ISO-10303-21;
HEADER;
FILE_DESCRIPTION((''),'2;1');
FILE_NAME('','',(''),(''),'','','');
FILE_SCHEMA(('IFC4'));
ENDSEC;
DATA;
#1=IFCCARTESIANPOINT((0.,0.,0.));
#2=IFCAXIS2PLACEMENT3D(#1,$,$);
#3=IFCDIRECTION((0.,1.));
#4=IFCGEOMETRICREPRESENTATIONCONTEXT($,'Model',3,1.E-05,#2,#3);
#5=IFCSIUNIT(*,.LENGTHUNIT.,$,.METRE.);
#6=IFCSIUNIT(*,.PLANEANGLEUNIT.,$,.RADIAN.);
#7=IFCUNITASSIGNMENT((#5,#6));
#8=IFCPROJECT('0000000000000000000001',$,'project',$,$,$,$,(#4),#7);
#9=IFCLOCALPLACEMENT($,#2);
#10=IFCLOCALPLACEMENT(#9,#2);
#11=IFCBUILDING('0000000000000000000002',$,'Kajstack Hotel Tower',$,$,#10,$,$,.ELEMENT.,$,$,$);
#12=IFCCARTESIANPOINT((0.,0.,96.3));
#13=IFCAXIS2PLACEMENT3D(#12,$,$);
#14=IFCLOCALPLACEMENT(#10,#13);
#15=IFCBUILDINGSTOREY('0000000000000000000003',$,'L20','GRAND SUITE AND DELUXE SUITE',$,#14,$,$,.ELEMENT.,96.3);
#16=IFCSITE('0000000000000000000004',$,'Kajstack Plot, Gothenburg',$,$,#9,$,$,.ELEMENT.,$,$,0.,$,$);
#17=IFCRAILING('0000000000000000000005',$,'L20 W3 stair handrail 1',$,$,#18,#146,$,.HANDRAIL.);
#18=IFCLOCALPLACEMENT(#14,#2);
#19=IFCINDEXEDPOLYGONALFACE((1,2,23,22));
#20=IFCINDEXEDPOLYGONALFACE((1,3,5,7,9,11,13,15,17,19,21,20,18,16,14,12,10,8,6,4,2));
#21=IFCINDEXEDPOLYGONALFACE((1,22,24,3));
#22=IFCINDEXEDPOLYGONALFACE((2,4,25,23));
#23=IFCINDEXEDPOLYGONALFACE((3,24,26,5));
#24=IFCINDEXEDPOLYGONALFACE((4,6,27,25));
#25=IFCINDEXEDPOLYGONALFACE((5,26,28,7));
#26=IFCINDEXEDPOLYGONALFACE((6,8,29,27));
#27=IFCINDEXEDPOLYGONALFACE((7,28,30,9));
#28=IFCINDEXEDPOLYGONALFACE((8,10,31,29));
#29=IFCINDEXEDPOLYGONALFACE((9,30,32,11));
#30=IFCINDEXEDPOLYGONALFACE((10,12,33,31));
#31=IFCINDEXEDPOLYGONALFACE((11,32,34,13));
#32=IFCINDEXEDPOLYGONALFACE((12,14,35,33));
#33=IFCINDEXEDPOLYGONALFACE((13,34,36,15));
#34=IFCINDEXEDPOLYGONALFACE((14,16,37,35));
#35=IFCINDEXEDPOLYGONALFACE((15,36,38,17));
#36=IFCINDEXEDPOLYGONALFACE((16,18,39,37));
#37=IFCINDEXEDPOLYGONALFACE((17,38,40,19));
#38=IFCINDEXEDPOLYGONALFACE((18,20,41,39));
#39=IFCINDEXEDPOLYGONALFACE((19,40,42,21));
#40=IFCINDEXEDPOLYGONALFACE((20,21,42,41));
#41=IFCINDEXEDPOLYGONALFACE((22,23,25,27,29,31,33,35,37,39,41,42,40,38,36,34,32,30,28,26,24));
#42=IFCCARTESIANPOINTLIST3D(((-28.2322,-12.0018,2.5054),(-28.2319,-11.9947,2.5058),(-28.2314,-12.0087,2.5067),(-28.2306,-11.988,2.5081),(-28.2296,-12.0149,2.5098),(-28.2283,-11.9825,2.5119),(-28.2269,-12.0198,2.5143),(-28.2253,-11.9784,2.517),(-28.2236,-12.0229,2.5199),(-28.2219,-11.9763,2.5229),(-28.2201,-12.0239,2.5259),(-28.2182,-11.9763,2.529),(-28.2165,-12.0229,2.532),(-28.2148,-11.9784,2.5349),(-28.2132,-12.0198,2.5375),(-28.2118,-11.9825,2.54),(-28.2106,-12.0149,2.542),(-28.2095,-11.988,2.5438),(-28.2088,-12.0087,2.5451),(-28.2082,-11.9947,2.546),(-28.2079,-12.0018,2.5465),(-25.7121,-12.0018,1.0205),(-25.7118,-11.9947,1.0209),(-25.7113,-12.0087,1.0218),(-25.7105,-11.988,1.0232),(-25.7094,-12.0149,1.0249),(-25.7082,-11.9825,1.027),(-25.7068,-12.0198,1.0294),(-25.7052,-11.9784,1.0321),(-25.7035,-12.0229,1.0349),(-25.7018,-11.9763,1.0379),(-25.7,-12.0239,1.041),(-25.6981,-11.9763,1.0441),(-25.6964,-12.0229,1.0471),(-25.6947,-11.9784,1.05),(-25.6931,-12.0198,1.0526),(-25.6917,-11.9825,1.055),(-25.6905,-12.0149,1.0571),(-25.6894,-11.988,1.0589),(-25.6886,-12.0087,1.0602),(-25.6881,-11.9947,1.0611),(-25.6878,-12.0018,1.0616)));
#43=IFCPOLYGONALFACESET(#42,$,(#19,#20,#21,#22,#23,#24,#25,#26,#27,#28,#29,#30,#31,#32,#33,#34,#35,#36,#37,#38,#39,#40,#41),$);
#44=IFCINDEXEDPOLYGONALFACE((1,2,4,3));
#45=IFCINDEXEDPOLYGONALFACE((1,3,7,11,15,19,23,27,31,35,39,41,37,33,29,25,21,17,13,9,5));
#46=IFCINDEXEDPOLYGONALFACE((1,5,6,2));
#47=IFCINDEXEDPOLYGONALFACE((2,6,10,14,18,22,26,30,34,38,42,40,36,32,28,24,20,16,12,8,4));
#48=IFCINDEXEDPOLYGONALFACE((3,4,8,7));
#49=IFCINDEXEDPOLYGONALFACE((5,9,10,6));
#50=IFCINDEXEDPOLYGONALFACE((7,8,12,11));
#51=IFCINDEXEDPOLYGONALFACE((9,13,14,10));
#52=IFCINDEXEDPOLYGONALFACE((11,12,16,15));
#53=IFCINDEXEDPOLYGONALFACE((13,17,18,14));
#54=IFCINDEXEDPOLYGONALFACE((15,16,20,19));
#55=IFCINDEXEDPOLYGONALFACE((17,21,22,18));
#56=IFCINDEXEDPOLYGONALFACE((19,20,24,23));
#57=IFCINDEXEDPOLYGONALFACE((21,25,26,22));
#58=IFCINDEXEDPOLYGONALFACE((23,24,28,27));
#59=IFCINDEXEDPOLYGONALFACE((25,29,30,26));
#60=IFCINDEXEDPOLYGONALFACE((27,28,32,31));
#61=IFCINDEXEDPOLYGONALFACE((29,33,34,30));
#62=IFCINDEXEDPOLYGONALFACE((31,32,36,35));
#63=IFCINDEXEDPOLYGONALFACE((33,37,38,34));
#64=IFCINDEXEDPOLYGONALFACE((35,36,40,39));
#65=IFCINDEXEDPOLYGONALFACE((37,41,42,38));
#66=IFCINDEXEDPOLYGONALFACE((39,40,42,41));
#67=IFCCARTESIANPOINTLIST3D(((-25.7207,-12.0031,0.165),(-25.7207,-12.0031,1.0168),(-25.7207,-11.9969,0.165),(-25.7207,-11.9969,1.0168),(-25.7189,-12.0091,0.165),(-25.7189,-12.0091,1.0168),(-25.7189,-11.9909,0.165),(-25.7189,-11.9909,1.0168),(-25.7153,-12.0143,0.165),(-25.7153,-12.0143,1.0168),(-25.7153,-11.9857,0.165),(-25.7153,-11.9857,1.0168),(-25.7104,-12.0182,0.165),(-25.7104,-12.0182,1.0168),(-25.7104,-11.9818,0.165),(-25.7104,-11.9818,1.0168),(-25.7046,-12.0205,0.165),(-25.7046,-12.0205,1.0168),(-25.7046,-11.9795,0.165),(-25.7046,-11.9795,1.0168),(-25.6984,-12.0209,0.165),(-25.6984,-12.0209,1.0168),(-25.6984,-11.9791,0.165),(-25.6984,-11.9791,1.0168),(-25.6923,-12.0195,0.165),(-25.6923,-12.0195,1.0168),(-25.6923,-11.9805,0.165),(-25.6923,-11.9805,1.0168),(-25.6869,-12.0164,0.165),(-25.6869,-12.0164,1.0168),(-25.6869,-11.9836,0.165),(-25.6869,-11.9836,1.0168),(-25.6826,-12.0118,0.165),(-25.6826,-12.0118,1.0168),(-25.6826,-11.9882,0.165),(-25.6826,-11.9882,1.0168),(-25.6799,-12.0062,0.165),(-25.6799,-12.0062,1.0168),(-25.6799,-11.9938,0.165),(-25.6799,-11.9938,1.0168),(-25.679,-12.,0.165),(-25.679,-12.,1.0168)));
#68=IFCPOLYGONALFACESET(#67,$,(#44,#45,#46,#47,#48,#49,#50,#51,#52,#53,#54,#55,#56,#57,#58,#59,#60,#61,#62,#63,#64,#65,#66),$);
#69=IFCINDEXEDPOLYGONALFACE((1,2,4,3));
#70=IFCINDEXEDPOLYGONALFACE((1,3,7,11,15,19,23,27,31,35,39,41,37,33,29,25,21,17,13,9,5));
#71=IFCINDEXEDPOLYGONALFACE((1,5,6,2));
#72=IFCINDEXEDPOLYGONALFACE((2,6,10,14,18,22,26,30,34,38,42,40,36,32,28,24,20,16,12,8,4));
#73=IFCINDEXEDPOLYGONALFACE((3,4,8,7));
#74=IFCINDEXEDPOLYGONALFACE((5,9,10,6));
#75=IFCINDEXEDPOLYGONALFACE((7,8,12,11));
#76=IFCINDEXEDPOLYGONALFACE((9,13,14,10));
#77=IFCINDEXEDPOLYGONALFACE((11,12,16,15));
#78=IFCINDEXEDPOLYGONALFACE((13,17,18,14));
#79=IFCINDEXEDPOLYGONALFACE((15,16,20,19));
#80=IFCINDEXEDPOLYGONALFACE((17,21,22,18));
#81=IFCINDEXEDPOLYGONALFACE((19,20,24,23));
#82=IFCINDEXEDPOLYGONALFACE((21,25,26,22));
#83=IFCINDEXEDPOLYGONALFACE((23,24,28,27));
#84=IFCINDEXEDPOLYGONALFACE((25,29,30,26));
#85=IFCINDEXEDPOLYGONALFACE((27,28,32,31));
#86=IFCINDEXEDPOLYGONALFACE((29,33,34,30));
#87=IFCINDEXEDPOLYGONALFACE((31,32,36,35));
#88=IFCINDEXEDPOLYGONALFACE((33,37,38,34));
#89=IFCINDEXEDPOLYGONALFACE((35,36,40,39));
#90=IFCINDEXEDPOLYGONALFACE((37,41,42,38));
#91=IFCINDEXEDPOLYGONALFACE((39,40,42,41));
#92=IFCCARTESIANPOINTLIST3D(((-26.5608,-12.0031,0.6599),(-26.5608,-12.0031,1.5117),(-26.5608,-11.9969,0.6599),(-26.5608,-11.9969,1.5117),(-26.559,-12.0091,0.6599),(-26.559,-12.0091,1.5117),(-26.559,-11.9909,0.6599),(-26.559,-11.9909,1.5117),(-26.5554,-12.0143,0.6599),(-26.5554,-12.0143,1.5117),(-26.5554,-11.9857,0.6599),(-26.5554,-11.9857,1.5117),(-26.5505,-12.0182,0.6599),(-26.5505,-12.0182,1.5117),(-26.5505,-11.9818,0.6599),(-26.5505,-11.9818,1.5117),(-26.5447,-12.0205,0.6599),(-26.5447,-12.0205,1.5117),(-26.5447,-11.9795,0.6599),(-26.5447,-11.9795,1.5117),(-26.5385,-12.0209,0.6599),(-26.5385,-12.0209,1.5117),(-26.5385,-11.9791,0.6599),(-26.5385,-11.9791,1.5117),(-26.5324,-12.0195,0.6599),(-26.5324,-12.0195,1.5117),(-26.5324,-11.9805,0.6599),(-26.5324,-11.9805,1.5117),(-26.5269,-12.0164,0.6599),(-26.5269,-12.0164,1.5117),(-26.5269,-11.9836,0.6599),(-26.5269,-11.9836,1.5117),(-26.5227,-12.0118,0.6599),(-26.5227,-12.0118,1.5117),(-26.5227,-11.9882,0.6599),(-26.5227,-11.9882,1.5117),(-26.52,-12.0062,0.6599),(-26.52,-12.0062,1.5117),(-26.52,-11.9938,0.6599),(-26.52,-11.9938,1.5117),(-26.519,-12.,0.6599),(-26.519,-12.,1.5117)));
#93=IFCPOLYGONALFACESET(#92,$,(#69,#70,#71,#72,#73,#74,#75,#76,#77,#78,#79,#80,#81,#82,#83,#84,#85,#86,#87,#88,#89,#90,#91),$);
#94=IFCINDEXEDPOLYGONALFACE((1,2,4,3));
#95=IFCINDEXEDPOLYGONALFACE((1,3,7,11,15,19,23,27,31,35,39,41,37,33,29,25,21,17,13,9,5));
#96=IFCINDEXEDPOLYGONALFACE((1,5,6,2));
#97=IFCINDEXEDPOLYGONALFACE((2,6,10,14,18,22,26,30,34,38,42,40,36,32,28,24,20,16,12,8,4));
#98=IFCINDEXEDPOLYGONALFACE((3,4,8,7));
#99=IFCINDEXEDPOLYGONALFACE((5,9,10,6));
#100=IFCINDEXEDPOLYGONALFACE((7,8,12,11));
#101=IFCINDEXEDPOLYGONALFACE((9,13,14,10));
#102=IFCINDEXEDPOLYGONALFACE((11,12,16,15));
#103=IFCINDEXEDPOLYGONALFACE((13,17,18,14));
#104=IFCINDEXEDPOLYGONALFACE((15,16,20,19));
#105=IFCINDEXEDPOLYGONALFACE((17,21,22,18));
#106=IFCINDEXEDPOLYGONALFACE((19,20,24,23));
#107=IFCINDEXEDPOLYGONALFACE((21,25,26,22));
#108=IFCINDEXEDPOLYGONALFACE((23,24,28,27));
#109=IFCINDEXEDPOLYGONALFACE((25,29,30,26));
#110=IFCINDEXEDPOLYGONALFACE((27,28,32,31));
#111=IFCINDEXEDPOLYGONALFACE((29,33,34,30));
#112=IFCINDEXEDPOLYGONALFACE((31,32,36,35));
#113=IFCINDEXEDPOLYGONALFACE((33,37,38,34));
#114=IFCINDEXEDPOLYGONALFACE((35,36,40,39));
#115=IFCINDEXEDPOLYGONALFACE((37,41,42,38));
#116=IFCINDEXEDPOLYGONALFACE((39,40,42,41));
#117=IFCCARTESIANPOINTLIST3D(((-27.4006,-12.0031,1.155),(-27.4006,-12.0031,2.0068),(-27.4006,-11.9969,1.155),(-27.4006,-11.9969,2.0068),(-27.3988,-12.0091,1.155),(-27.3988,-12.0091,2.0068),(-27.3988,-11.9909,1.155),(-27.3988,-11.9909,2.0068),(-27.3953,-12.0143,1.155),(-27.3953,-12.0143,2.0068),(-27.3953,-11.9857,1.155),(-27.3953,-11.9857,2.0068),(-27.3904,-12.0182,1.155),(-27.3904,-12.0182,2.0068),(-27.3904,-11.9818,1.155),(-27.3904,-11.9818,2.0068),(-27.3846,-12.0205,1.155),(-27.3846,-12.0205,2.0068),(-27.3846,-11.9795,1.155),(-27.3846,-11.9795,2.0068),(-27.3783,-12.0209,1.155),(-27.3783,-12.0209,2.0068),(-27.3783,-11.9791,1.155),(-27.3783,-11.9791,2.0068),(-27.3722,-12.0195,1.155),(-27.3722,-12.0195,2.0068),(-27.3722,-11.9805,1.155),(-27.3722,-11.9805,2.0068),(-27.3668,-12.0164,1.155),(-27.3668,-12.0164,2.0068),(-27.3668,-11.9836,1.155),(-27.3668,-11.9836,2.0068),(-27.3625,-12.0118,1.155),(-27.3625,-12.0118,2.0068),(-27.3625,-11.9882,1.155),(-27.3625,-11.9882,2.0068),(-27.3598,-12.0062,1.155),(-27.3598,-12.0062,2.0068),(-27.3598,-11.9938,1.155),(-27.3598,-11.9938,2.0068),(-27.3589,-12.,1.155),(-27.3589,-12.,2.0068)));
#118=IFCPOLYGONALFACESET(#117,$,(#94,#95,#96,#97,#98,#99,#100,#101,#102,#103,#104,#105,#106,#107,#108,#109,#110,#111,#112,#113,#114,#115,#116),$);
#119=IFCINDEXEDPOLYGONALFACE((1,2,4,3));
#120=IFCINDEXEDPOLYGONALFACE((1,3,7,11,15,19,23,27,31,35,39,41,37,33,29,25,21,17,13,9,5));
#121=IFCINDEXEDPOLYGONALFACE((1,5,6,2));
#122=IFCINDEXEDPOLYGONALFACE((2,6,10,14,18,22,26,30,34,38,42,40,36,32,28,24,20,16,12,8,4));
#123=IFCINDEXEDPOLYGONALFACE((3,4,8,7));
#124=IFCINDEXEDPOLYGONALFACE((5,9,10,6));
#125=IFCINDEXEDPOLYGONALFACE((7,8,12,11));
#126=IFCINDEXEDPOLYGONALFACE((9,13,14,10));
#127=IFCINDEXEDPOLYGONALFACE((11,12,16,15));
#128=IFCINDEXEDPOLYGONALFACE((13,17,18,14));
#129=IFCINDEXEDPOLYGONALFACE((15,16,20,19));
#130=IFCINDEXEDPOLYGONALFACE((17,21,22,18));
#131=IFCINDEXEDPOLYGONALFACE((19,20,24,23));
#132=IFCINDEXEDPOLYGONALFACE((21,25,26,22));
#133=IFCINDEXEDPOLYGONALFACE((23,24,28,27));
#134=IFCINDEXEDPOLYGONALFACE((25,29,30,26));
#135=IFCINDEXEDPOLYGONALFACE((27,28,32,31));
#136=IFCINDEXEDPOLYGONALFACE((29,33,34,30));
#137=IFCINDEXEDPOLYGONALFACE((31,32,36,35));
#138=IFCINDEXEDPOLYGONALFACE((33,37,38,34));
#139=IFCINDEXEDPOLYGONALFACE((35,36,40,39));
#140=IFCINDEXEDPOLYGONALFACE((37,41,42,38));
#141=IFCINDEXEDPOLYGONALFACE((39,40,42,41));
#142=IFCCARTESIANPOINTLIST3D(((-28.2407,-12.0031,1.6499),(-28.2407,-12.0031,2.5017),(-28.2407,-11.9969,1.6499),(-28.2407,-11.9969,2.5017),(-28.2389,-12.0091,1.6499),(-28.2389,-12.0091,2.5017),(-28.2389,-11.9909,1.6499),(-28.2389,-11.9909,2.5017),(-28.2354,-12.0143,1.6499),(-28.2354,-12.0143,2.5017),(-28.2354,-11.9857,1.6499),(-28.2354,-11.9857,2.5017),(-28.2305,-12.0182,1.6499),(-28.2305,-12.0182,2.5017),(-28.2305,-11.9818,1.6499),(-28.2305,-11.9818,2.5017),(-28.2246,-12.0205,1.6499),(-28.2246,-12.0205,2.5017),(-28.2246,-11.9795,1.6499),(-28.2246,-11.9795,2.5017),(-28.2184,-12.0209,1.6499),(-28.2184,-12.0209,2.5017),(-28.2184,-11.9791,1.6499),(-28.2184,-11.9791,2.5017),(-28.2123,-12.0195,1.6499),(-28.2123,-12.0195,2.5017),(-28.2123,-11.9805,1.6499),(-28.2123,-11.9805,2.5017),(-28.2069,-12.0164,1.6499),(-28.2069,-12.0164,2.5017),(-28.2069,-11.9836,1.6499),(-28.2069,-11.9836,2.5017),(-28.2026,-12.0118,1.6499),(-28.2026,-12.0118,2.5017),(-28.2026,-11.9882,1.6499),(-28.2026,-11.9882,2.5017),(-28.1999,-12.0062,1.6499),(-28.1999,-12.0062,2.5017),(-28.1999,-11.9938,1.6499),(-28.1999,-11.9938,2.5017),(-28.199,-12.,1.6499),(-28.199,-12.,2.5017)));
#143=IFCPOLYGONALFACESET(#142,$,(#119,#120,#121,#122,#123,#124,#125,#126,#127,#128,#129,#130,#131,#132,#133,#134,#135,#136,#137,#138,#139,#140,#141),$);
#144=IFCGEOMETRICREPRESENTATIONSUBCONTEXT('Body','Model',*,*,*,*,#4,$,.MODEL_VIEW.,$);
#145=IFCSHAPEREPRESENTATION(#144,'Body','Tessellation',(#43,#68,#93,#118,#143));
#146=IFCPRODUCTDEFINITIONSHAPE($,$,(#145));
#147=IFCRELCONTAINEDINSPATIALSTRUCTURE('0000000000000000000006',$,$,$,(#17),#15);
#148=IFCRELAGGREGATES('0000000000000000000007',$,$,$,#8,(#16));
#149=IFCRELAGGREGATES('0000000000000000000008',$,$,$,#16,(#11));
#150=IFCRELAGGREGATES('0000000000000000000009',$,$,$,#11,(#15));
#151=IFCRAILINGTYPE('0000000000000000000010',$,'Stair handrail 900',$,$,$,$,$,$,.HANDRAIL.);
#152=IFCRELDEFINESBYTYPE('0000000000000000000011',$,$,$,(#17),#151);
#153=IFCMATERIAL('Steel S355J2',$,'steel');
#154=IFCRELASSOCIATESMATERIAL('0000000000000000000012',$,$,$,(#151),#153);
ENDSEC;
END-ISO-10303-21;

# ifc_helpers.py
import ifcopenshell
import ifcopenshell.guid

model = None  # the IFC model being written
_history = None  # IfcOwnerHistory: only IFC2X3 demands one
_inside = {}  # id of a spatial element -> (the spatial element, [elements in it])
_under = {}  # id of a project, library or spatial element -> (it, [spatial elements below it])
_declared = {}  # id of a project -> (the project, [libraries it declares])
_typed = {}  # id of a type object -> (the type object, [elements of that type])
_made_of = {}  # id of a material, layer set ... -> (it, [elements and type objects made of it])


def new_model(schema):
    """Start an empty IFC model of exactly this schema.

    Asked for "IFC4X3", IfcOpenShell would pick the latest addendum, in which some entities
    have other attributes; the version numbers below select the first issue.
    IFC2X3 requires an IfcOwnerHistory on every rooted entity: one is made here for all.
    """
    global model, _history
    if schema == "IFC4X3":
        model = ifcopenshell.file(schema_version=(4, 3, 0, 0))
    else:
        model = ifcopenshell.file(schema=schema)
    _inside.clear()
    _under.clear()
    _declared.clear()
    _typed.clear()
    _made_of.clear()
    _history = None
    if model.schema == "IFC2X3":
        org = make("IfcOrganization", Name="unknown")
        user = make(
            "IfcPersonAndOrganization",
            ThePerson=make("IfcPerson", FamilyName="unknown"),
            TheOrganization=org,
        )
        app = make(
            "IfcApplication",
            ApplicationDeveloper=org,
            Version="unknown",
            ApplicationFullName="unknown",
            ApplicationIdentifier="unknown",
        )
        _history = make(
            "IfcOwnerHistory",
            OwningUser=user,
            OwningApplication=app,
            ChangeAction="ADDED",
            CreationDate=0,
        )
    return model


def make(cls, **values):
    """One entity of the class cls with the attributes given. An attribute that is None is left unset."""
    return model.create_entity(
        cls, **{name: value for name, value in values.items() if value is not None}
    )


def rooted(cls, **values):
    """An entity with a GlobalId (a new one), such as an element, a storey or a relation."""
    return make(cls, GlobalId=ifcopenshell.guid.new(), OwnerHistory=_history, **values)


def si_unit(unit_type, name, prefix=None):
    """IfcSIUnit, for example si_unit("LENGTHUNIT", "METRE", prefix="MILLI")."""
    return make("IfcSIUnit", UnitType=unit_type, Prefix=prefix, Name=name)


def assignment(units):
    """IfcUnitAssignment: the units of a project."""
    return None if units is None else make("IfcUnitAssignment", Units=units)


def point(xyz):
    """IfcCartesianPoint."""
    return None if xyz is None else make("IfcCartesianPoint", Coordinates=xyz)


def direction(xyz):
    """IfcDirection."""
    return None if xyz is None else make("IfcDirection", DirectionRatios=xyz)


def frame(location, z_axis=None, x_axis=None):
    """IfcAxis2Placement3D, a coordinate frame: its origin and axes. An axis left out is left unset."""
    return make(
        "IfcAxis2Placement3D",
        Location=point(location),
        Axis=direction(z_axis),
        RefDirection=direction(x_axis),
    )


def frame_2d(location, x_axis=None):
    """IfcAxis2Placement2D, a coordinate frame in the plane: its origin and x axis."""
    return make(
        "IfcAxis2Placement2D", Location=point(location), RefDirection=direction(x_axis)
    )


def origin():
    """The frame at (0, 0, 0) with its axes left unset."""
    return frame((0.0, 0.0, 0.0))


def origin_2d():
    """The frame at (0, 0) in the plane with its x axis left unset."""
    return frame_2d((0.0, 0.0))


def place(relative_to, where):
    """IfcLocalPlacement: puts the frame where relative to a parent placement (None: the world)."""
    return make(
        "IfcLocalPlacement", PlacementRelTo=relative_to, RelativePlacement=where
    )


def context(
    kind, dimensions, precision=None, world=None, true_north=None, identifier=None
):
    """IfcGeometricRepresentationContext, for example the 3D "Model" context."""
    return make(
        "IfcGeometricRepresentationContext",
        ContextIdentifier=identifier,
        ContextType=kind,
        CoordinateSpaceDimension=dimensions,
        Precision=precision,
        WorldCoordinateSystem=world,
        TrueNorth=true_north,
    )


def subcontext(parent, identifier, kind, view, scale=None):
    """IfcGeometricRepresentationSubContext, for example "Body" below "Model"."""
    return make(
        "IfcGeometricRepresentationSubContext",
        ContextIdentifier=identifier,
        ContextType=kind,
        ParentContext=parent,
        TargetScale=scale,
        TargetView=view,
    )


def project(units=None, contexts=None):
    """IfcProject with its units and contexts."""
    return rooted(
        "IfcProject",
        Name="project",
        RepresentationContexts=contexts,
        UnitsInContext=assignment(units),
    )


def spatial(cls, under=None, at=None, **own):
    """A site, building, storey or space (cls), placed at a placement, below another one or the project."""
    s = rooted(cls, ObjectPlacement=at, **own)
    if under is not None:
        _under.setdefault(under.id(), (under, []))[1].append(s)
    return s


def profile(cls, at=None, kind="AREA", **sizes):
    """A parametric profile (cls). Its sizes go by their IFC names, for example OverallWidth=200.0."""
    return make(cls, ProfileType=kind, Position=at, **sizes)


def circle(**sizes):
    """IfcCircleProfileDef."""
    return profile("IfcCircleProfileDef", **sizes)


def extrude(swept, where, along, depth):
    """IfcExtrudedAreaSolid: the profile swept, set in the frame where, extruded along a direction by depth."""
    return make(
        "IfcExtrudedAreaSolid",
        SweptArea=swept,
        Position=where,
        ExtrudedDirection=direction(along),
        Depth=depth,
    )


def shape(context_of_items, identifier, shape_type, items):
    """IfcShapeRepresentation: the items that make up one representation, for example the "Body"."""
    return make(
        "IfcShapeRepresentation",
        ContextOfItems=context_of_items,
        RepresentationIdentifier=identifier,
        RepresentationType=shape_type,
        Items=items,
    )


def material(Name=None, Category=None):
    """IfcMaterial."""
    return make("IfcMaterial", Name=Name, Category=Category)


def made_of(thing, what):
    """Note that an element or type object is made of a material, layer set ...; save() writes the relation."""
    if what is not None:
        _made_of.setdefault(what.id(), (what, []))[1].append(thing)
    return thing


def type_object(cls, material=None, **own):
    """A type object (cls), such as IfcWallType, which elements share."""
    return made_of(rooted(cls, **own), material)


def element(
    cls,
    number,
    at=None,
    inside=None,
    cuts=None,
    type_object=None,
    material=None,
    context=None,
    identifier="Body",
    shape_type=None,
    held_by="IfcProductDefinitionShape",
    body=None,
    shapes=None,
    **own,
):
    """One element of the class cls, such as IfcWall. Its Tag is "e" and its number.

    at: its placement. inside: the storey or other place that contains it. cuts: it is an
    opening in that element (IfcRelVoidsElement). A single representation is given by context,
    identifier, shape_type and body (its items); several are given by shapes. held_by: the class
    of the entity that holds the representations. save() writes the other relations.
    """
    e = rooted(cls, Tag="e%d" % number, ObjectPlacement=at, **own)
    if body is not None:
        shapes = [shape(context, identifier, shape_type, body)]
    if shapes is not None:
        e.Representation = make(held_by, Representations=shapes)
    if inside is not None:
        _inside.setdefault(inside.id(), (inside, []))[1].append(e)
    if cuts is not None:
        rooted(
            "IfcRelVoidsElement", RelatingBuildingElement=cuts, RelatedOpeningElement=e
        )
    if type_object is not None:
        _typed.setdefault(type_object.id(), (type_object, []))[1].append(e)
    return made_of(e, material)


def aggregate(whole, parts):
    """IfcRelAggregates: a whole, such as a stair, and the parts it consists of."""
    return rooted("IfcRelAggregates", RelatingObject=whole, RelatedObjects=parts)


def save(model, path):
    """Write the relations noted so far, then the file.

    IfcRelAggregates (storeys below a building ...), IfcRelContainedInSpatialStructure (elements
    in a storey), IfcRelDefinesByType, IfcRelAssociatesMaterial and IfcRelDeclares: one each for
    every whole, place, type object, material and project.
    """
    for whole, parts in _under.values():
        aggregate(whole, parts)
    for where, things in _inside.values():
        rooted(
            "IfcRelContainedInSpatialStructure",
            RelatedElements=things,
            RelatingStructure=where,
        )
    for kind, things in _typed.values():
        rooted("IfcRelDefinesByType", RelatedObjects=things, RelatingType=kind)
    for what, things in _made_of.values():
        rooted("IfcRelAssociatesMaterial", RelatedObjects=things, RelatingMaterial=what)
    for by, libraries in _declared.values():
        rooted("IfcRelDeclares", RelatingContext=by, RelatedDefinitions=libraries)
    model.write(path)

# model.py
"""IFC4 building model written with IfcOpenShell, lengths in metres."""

from ifc_helpers import new_model, si_unit, direction, frame, origin, origin_2d, place, context, subcontext, project, spatial, circle, extrude, material, type_object, element, save


model = new_model("IFC4")

# Units and contexts
model_context = context("Model", 3, precision=1e-05, world=origin(), true_north=direction((0.0, 1.0)))
body_context = subcontext(model_context, "Body", "Model", "MODEL_VIEW")
ifc_project = project(units=[si_unit("LENGTHUNIT", "METRE"), si_unit("PLANEANGLEUNIT", "RADIAN")], contexts=[model_context])

# Site, building, storey
site_placement = place(None, origin())
site = spatial("IfcSite", under=ifc_project, at=site_placement, Name="Kajstack Plot, Gothenburg", CompositionType="ELEMENT", RefElevation=0.0)
building_placement = place(site_placement, origin())
building = spatial("IfcBuilding", under=site, at=building_placement, Name="Kajstack Hotel Tower", CompositionType="ELEMENT")
storey_placement = place(building_placement, frame((0.0, 0.0, 96.3)))
storey = spatial("IfcBuildingStorey", under=building, at=storey_placement, Name="L20", Description="GRAND SUITE AND DELUXE SUITE", CompositionType="ELEMENT", Elevation=96.3)

# Railing
ifc_material_1 = material(Name="Steel S355J2", Category="steel")
railing_type = type_object("IfcRailingType", Name="Stair handrail 900", PredefinedType="HANDRAIL", material=ifc_material_1)
railing_1_placement = place(storey_placement, frame((-25.7, -12.0, 0.165)))
element("IfcRailing", 1, at=railing_1_placement, inside=storey, type_object=railing_type, Name="L20 W3 stair handrail 1", PredefinedType="HANDRAIL", context=body_context, shape_type="SweptSolid", body=[
    extrude(circle(Radius=0.0239, at=origin_2d()), frame((0.0, 0.0, 0.876), z_axis=(-0.861561, 0.0, 0.507655), x_axis=(0.0, -1.0, 0.0)), (0.0, 0.0, 1.0), 2.925),
    extrude(circle(Radius=0.021, at=origin_2d()), origin(), (0.0, 0.0, 1.0), 0.8518),
    extrude(circle(Radius=0.021, at=origin_2d()), frame((-0.8401, 0.0, 0.4949)), (0.0, 0.0, 1.0), 0.8518),
    extrude(circle(Radius=0.021, at=origin_2d()), frame((-1.6799, 0.0, 0.99)), (0.0, 0.0, 1.0), 0.8518),
    extrude(circle(Radius=0.021, at=origin_2d()), frame((-2.52, 0.0, 1.4849)), (0.0, 0.0, 1.0), 0.8518),
])

save(model, "model.ifc")
